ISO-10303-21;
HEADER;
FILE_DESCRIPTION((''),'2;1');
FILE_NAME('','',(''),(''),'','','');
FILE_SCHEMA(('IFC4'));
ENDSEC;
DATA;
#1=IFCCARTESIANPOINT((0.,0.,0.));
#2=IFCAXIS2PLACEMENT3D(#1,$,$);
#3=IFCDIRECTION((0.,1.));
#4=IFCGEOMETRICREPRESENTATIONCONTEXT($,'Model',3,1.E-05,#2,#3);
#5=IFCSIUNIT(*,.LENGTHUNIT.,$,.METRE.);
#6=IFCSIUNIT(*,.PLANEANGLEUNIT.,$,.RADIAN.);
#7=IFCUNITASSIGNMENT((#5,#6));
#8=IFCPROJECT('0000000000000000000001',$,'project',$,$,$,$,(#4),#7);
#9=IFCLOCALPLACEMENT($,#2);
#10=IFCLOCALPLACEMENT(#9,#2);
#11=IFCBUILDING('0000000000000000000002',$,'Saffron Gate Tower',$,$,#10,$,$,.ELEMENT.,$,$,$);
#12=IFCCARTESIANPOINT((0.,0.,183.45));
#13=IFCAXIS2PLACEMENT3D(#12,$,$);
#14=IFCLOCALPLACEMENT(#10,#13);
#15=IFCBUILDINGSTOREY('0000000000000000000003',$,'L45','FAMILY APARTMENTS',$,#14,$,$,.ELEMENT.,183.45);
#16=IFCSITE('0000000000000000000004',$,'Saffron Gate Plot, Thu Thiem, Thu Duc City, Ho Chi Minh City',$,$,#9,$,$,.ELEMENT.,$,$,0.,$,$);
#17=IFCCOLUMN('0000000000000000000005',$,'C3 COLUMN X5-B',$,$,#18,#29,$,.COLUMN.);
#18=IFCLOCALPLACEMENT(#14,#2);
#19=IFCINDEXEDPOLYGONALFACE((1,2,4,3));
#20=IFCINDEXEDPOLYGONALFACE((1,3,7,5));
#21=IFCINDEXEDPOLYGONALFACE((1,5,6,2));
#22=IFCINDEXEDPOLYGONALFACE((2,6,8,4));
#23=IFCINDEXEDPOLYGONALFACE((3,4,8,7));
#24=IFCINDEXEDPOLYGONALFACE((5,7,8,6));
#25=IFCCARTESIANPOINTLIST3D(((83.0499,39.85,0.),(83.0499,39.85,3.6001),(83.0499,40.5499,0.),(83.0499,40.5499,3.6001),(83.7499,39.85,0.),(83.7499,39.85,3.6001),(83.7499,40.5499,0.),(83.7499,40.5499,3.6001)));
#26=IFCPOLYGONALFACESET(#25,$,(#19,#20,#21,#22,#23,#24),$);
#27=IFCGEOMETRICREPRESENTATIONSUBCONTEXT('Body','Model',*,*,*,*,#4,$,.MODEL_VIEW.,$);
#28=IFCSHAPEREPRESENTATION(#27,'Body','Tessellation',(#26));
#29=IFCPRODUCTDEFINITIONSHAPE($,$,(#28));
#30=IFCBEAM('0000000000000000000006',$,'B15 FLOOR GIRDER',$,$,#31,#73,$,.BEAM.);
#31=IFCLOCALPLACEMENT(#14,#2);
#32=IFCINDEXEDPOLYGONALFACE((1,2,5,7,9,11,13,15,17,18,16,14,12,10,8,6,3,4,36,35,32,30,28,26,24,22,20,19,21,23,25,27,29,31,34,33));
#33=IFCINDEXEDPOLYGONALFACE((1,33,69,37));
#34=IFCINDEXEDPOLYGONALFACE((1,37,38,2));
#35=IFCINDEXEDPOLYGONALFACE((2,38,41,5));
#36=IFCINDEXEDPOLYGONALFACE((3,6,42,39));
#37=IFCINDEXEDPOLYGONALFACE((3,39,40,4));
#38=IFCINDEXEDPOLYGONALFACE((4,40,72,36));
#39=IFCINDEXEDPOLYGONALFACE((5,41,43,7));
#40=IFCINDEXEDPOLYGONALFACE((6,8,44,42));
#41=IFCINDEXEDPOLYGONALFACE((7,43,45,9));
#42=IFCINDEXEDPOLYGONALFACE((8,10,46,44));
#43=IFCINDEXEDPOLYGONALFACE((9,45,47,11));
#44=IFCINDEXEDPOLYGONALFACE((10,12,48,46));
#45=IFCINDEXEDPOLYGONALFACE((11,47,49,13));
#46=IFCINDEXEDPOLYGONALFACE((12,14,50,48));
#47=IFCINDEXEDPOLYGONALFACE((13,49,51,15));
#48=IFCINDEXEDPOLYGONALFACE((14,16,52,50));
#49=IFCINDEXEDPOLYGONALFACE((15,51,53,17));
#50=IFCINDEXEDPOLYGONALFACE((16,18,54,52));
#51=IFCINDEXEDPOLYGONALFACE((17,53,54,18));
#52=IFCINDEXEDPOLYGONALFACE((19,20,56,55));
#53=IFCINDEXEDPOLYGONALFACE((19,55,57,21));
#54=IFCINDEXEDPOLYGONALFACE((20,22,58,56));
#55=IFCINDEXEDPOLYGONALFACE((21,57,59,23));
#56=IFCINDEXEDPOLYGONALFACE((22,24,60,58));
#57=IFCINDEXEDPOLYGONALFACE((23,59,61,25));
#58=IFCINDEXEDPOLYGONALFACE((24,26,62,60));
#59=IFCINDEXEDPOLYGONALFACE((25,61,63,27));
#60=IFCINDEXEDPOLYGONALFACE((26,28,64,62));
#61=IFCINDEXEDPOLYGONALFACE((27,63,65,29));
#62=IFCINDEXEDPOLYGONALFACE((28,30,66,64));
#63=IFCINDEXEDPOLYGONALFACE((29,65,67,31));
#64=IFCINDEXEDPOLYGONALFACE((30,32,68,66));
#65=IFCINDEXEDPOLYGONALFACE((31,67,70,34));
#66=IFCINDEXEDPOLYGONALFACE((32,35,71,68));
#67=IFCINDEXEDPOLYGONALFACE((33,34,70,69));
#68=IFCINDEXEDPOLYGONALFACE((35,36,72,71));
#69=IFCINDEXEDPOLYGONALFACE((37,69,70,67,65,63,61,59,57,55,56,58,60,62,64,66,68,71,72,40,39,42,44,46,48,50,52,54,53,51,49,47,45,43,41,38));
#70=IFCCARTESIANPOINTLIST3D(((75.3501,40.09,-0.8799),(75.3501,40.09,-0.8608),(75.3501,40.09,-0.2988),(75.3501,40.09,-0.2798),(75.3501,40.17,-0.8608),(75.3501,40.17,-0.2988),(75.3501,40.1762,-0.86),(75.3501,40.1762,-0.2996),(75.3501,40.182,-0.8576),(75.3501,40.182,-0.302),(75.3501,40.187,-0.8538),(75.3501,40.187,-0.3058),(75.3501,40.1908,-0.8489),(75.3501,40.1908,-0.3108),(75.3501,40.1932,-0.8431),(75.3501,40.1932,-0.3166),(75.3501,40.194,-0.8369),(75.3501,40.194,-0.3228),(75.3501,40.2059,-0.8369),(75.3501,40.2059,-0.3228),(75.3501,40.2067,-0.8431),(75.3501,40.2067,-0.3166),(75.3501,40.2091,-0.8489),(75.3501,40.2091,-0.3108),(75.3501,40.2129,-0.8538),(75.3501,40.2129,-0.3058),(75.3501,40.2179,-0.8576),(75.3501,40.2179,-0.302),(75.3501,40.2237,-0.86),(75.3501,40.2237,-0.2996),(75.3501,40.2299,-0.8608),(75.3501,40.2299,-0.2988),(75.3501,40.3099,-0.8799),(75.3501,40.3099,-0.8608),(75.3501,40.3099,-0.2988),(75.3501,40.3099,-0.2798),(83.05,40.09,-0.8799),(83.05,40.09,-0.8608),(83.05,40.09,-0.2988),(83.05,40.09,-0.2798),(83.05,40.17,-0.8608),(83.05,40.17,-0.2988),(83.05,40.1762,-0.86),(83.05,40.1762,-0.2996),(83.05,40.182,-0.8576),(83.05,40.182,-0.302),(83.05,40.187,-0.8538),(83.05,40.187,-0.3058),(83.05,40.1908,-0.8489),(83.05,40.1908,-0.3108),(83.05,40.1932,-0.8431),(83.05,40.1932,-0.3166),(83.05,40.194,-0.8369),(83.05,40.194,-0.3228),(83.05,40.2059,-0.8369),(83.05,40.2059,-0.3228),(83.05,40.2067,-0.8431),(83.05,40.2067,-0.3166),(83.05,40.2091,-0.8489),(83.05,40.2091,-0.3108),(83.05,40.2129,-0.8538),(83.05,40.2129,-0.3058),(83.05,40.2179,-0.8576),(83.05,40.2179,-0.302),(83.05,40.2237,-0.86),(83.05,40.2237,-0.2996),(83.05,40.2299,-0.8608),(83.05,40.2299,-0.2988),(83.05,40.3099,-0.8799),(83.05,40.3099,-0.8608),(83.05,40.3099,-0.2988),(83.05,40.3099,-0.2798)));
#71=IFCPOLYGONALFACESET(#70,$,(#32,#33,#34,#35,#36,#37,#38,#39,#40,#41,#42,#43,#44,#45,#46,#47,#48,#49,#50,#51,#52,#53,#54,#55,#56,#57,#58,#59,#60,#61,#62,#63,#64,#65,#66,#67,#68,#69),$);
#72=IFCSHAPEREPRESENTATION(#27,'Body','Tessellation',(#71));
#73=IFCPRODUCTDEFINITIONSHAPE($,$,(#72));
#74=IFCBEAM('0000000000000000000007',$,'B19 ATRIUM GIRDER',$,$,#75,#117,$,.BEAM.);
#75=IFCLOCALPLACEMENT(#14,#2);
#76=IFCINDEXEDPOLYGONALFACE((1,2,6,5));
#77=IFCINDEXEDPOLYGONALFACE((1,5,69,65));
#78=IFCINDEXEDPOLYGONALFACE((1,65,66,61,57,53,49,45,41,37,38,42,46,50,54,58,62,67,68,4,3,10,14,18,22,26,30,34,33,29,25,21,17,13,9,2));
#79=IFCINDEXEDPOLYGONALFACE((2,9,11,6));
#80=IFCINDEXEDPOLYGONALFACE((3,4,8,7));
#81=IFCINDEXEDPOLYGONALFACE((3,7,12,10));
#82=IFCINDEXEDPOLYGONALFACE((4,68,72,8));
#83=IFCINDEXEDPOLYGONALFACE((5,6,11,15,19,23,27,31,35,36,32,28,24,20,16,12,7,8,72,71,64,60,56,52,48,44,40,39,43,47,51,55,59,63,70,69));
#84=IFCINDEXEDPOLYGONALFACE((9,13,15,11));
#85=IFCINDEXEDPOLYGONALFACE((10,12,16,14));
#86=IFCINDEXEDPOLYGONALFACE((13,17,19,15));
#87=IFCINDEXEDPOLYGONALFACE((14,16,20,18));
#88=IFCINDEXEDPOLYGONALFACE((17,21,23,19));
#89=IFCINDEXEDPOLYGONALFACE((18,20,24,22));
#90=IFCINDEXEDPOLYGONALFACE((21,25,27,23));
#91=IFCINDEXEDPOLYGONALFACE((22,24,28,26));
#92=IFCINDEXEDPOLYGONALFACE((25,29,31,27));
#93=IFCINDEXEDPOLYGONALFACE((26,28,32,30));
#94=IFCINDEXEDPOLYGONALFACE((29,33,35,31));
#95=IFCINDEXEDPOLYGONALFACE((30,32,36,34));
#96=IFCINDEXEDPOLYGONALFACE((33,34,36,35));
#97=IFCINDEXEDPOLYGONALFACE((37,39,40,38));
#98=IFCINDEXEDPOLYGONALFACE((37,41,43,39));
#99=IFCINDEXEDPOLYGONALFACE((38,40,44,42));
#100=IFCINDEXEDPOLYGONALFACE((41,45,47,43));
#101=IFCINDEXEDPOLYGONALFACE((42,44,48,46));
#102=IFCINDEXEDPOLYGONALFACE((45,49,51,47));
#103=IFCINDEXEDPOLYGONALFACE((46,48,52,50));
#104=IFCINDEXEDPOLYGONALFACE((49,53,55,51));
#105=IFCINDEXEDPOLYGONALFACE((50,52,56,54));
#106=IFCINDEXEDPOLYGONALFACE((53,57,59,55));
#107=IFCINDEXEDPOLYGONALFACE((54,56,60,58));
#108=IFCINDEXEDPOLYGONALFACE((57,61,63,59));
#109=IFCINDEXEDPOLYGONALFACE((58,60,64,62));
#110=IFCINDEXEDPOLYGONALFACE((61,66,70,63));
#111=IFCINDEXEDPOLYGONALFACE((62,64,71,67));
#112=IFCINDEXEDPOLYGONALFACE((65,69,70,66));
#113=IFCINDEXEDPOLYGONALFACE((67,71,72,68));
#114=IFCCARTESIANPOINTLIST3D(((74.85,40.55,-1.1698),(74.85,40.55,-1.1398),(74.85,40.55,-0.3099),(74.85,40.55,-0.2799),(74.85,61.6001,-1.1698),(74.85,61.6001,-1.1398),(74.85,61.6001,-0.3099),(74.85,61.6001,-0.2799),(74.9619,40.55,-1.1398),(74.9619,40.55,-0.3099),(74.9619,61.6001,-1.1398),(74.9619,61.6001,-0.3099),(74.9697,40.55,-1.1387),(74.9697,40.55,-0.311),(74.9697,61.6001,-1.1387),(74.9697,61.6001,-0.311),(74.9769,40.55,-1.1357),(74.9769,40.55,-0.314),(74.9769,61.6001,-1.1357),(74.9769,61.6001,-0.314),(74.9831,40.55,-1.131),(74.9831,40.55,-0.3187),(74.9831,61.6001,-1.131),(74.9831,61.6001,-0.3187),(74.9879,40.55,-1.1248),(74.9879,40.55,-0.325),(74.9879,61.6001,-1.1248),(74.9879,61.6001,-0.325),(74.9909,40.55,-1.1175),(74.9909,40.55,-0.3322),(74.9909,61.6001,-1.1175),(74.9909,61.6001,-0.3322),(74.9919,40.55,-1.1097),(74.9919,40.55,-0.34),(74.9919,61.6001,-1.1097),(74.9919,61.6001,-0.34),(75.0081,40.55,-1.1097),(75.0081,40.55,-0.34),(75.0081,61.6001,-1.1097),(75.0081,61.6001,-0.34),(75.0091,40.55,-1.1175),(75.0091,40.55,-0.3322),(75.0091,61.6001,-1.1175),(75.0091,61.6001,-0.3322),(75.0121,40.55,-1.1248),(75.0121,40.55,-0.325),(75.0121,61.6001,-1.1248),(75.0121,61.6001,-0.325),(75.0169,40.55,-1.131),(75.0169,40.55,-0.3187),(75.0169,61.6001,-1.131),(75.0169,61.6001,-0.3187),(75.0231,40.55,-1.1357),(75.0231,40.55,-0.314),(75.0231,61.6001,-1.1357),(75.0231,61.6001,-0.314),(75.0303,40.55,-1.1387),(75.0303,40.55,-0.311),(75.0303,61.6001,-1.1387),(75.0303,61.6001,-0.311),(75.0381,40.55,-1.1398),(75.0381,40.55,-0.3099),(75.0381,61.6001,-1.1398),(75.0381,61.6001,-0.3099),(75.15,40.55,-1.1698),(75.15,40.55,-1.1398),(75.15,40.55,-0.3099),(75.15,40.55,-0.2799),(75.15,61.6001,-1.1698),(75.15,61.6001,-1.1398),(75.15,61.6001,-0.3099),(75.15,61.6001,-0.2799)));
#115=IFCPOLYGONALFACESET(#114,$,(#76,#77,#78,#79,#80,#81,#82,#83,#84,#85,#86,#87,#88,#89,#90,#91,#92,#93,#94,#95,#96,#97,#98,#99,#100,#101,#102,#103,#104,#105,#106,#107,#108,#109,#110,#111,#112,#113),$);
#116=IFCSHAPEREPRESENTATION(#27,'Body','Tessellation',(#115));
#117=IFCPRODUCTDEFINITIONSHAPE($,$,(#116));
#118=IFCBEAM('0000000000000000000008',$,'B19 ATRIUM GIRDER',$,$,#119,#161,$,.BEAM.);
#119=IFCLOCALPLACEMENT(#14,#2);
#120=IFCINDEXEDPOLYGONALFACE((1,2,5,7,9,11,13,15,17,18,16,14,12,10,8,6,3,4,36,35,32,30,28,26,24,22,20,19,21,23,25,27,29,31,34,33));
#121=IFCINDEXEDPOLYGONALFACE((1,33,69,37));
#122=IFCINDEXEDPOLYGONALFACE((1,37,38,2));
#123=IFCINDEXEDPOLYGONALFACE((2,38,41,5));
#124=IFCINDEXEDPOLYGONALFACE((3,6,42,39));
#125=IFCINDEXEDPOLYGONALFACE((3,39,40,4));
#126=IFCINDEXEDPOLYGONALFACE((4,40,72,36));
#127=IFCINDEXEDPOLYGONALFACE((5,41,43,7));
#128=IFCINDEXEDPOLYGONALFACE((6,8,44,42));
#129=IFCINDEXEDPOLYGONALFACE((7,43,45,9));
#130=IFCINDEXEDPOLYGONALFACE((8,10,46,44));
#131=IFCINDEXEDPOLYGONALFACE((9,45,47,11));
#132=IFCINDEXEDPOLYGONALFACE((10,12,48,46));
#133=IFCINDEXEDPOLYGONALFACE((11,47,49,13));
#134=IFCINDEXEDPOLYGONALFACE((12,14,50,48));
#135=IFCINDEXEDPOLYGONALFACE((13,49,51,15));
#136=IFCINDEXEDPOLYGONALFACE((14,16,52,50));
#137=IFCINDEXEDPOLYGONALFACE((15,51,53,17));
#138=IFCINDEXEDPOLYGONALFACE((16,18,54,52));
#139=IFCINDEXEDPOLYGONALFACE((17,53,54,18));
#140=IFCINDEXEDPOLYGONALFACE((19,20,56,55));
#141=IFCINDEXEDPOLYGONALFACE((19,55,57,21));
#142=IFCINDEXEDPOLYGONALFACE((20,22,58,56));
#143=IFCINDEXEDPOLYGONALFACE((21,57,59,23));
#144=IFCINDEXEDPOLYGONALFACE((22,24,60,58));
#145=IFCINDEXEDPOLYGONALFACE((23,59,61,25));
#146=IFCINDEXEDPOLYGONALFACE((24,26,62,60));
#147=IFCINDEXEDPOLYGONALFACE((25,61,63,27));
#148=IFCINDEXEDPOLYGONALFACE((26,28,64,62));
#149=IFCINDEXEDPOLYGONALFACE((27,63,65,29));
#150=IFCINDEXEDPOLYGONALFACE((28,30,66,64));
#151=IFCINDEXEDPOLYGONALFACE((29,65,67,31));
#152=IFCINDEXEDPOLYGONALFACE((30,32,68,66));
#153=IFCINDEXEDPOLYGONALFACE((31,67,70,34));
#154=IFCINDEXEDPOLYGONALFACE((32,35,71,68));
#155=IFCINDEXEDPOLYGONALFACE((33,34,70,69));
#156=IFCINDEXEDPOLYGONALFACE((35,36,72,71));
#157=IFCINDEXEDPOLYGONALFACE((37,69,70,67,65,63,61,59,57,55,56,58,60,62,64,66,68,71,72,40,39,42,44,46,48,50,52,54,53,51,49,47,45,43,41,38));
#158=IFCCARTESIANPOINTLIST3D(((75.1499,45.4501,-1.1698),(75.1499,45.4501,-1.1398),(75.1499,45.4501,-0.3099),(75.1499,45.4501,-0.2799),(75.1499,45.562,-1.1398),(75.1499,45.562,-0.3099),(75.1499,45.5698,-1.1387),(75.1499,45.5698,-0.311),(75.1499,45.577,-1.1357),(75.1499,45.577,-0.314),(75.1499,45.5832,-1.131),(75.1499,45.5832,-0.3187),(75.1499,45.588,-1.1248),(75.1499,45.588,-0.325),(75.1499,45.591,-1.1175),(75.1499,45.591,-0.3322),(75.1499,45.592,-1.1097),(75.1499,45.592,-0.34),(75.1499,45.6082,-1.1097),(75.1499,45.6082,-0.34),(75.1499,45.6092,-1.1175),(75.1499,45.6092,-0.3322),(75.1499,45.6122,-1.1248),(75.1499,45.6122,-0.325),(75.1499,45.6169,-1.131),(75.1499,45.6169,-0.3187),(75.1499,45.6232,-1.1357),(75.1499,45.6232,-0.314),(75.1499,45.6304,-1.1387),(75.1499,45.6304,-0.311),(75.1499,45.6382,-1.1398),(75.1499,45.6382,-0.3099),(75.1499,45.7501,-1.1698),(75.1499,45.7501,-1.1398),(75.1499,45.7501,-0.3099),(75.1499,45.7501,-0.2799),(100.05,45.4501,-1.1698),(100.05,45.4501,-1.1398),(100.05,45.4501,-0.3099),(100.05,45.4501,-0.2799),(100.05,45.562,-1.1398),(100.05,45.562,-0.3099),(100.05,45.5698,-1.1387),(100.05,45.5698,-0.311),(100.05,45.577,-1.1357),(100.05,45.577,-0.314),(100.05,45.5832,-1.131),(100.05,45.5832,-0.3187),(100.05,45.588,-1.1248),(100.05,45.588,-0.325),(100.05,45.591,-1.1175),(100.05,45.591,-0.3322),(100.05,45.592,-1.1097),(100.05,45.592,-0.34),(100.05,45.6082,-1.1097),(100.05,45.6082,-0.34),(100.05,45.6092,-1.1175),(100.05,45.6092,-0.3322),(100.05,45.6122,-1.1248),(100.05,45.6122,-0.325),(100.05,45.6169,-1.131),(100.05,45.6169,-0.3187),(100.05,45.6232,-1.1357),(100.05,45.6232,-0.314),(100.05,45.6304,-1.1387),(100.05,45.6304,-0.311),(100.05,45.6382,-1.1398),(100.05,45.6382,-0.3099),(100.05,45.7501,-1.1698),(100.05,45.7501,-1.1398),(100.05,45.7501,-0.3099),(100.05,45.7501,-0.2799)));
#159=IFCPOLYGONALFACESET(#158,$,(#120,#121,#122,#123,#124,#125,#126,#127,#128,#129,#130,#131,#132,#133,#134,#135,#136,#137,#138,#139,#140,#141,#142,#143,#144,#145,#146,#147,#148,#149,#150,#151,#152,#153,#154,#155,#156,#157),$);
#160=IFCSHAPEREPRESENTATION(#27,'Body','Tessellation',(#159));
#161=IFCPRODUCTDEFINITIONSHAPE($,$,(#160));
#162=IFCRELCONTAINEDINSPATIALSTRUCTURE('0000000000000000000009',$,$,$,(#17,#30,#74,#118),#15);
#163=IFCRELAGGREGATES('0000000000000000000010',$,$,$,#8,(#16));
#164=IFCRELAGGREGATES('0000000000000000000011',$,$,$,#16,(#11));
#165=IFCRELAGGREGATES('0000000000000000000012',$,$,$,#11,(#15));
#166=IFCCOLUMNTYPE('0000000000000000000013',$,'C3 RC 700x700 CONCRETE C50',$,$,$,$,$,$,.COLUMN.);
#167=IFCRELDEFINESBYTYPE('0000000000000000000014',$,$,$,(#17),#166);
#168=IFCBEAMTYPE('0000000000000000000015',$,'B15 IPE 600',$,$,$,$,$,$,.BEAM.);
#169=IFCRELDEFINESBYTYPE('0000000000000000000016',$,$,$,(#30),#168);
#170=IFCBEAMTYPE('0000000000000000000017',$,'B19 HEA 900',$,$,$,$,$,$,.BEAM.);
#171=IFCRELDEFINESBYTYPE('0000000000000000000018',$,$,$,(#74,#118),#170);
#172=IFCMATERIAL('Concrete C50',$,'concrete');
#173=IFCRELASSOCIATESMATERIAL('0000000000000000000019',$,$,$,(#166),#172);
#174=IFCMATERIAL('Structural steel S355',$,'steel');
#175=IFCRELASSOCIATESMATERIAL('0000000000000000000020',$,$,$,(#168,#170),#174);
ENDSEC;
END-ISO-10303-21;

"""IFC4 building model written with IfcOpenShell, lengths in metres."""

from ifc_helpers import new_model, si_unit, direction, frame, origin, origin_2d, place, context, subcontext, project, spatial, rectangle, i_section, extrude, material, material_profile, profile_set, type_object, element, save


model = new_model("IFC4")

# Units and contexts
model_context = context("Model", 3, precision=1e-05, world=origin(), true_north=direction((0.0, 1.0)))
body_context = subcontext(model_context, "Body", "Model", "MODEL_VIEW")
ifc_project = project(units=[si_unit("LENGTHUNIT", "METRE"), si_unit("PLANEANGLEUNIT", "RADIAN")], contexts=[model_context])

# Site, building, storey
site_placement = place(None, origin())
site = spatial("IfcSite", under=ifc_project, at=site_placement, Name="Saffron Gate Plot, Thu Thiem, Thu Duc City, Ho Chi Minh City", CompositionType="ELEMENT", RefElevation=0.0)
building_placement = place(site_placement, origin())
building = spatial("IfcBuilding", under=site, at=building_placement, Name="Saffron Gate Tower", CompositionType="ELEMENT")
storey_placement = place(building_placement, frame((0.0, 0.0, 183.45)))
storey = spatial("IfcBuildingStorey", under=building, at=storey_placement, Name="L45", Description="FAMILY APARTMENTS", CompositionType="ELEMENT", Elevation=183.45)

# Column
ifc_material_1 = material(Name="Concrete C50", Category="concrete")
ifc_material_profile_1 = material_profile(ifc_material_1, rectangle(XDim=0.7, YDim=0.7, at=origin_2d()))
ifc_profile_set_1 = profile_set([ifc_material_profile_1], Name="Concrete C50")
column_type = type_object("IfcColumnType", Name="C3 RC 700x700 CONCRETE C50", PredefinedType="COLUMN", material=ifc_profile_set_1)
column_placement = place(storey_placement, frame((83.3999, 40.2, 0.0), z_axis=(0.0, 0.0, 1.0), x_axis=(1.0, 0.0, 0.0)))
element("IfcColumn", 1, at=column_placement, inside=storey, type_object=column_type, Name="C3 COLUMN X5-B", PredefinedType="COLUMN", context=body_context, shape_type="SweptSolid", body=[
    extrude(rectangle(XDim=0.7, YDim=0.7, at=origin_2d()), origin(), (0.0, 0.0, 1.0), 3.6001),
])

# Beams
ifc_material_2 = material(Name="Structural steel S355", Category="steel")
ifc_material_profile_2 = material_profile(ifc_material_2, i_section(OverallWidth=0.22, OverallDepth=0.6001, WebThickness=0.012, FlangeThickness=0.019, FilletRadius=0.0239, at=origin_2d()))
ifc_profile_set_2 = profile_set([ifc_material_profile_2], Name="Structural steel S355")
beam_type_1 = type_object("IfcBeamType", Name="B15 IPE 600", PredefinedType="BEAM", material=ifc_profile_set_2)
beam_1_placement = place(storey_placement, frame((75.3501, 40.2, -0.5798), z_axis=(1.0, 0.0, 0.0), x_axis=(0.0, 1.0, 0.0)))
element("IfcBeam", 2, at=beam_1_placement, inside=storey, type_object=beam_type_1, Name="B15 FLOOR GIRDER", PredefinedType="BEAM", context=body_context, shape_type="SweptSolid", body=[
    extrude(i_section(OverallWidth=0.22, OverallDepth=0.6001, WebThickness=0.012, FlangeThickness=0.019, FilletRadius=0.0239, at=origin_2d()), origin(), (0.0, 0.0, 1.0), 7.7),
])
ifc_material_profile_3 = material_profile(ifc_material_2, i_section(OverallWidth=0.3, OverallDepth=0.8899, WebThickness=0.0161, FlangeThickness=0.03, FilletRadius=0.03, at=origin_2d()))
ifc_profile_set_3 = profile_set([ifc_material_profile_3], Name="Structural steel S355")
beam_type_2 = type_object("IfcBeamType", Name="B19 HEA 900", PredefinedType="BEAM", material=ifc_profile_set_3)
beam_2_placement = place(storey_placement, frame((75.0, 40.55, -0.7249), z_axis=(0.0, 1.0, 0.0), x_axis=(-1.0, 0.0, 0.0)))
element("IfcBeam", 3, at=beam_2_placement, inside=storey, type_object=beam_type_2, Name="B19 ATRIUM GIRDER", PredefinedType="BEAM", context=body_context, shape_type="SweptSolid", body=[
    extrude(i_section(OverallWidth=0.3, OverallDepth=0.8899, WebThickness=0.0161, FlangeThickness=0.03, FilletRadius=0.03, at=origin_2d()), origin(), (0.0, 0.0, 1.0), 21.05),
])
beam_3_placement = place(storey_placement, frame((75.1499, 45.6001, -0.7249), z_axis=(1.0, 0.0, 0.0), x_axis=(0.0, 1.0, 0.0)))
element("IfcBeam", 4, at=beam_3_placement, inside=storey, type_object=beam_type_2, Name="B19 ATRIUM GIRDER", PredefinedType="BEAM", context=body_context, shape_type="SweptSolid", body=[
    extrude(i_section(OverallWidth=0.3, OverallDepth=0.8899, WebThickness=0.0161, FlangeThickness=0.03, FilletRadius=0.03, at=origin_2d()), origin(), (0.0, 0.0, 1.0), 24.9001),
])

save(model, "model.ifc")
